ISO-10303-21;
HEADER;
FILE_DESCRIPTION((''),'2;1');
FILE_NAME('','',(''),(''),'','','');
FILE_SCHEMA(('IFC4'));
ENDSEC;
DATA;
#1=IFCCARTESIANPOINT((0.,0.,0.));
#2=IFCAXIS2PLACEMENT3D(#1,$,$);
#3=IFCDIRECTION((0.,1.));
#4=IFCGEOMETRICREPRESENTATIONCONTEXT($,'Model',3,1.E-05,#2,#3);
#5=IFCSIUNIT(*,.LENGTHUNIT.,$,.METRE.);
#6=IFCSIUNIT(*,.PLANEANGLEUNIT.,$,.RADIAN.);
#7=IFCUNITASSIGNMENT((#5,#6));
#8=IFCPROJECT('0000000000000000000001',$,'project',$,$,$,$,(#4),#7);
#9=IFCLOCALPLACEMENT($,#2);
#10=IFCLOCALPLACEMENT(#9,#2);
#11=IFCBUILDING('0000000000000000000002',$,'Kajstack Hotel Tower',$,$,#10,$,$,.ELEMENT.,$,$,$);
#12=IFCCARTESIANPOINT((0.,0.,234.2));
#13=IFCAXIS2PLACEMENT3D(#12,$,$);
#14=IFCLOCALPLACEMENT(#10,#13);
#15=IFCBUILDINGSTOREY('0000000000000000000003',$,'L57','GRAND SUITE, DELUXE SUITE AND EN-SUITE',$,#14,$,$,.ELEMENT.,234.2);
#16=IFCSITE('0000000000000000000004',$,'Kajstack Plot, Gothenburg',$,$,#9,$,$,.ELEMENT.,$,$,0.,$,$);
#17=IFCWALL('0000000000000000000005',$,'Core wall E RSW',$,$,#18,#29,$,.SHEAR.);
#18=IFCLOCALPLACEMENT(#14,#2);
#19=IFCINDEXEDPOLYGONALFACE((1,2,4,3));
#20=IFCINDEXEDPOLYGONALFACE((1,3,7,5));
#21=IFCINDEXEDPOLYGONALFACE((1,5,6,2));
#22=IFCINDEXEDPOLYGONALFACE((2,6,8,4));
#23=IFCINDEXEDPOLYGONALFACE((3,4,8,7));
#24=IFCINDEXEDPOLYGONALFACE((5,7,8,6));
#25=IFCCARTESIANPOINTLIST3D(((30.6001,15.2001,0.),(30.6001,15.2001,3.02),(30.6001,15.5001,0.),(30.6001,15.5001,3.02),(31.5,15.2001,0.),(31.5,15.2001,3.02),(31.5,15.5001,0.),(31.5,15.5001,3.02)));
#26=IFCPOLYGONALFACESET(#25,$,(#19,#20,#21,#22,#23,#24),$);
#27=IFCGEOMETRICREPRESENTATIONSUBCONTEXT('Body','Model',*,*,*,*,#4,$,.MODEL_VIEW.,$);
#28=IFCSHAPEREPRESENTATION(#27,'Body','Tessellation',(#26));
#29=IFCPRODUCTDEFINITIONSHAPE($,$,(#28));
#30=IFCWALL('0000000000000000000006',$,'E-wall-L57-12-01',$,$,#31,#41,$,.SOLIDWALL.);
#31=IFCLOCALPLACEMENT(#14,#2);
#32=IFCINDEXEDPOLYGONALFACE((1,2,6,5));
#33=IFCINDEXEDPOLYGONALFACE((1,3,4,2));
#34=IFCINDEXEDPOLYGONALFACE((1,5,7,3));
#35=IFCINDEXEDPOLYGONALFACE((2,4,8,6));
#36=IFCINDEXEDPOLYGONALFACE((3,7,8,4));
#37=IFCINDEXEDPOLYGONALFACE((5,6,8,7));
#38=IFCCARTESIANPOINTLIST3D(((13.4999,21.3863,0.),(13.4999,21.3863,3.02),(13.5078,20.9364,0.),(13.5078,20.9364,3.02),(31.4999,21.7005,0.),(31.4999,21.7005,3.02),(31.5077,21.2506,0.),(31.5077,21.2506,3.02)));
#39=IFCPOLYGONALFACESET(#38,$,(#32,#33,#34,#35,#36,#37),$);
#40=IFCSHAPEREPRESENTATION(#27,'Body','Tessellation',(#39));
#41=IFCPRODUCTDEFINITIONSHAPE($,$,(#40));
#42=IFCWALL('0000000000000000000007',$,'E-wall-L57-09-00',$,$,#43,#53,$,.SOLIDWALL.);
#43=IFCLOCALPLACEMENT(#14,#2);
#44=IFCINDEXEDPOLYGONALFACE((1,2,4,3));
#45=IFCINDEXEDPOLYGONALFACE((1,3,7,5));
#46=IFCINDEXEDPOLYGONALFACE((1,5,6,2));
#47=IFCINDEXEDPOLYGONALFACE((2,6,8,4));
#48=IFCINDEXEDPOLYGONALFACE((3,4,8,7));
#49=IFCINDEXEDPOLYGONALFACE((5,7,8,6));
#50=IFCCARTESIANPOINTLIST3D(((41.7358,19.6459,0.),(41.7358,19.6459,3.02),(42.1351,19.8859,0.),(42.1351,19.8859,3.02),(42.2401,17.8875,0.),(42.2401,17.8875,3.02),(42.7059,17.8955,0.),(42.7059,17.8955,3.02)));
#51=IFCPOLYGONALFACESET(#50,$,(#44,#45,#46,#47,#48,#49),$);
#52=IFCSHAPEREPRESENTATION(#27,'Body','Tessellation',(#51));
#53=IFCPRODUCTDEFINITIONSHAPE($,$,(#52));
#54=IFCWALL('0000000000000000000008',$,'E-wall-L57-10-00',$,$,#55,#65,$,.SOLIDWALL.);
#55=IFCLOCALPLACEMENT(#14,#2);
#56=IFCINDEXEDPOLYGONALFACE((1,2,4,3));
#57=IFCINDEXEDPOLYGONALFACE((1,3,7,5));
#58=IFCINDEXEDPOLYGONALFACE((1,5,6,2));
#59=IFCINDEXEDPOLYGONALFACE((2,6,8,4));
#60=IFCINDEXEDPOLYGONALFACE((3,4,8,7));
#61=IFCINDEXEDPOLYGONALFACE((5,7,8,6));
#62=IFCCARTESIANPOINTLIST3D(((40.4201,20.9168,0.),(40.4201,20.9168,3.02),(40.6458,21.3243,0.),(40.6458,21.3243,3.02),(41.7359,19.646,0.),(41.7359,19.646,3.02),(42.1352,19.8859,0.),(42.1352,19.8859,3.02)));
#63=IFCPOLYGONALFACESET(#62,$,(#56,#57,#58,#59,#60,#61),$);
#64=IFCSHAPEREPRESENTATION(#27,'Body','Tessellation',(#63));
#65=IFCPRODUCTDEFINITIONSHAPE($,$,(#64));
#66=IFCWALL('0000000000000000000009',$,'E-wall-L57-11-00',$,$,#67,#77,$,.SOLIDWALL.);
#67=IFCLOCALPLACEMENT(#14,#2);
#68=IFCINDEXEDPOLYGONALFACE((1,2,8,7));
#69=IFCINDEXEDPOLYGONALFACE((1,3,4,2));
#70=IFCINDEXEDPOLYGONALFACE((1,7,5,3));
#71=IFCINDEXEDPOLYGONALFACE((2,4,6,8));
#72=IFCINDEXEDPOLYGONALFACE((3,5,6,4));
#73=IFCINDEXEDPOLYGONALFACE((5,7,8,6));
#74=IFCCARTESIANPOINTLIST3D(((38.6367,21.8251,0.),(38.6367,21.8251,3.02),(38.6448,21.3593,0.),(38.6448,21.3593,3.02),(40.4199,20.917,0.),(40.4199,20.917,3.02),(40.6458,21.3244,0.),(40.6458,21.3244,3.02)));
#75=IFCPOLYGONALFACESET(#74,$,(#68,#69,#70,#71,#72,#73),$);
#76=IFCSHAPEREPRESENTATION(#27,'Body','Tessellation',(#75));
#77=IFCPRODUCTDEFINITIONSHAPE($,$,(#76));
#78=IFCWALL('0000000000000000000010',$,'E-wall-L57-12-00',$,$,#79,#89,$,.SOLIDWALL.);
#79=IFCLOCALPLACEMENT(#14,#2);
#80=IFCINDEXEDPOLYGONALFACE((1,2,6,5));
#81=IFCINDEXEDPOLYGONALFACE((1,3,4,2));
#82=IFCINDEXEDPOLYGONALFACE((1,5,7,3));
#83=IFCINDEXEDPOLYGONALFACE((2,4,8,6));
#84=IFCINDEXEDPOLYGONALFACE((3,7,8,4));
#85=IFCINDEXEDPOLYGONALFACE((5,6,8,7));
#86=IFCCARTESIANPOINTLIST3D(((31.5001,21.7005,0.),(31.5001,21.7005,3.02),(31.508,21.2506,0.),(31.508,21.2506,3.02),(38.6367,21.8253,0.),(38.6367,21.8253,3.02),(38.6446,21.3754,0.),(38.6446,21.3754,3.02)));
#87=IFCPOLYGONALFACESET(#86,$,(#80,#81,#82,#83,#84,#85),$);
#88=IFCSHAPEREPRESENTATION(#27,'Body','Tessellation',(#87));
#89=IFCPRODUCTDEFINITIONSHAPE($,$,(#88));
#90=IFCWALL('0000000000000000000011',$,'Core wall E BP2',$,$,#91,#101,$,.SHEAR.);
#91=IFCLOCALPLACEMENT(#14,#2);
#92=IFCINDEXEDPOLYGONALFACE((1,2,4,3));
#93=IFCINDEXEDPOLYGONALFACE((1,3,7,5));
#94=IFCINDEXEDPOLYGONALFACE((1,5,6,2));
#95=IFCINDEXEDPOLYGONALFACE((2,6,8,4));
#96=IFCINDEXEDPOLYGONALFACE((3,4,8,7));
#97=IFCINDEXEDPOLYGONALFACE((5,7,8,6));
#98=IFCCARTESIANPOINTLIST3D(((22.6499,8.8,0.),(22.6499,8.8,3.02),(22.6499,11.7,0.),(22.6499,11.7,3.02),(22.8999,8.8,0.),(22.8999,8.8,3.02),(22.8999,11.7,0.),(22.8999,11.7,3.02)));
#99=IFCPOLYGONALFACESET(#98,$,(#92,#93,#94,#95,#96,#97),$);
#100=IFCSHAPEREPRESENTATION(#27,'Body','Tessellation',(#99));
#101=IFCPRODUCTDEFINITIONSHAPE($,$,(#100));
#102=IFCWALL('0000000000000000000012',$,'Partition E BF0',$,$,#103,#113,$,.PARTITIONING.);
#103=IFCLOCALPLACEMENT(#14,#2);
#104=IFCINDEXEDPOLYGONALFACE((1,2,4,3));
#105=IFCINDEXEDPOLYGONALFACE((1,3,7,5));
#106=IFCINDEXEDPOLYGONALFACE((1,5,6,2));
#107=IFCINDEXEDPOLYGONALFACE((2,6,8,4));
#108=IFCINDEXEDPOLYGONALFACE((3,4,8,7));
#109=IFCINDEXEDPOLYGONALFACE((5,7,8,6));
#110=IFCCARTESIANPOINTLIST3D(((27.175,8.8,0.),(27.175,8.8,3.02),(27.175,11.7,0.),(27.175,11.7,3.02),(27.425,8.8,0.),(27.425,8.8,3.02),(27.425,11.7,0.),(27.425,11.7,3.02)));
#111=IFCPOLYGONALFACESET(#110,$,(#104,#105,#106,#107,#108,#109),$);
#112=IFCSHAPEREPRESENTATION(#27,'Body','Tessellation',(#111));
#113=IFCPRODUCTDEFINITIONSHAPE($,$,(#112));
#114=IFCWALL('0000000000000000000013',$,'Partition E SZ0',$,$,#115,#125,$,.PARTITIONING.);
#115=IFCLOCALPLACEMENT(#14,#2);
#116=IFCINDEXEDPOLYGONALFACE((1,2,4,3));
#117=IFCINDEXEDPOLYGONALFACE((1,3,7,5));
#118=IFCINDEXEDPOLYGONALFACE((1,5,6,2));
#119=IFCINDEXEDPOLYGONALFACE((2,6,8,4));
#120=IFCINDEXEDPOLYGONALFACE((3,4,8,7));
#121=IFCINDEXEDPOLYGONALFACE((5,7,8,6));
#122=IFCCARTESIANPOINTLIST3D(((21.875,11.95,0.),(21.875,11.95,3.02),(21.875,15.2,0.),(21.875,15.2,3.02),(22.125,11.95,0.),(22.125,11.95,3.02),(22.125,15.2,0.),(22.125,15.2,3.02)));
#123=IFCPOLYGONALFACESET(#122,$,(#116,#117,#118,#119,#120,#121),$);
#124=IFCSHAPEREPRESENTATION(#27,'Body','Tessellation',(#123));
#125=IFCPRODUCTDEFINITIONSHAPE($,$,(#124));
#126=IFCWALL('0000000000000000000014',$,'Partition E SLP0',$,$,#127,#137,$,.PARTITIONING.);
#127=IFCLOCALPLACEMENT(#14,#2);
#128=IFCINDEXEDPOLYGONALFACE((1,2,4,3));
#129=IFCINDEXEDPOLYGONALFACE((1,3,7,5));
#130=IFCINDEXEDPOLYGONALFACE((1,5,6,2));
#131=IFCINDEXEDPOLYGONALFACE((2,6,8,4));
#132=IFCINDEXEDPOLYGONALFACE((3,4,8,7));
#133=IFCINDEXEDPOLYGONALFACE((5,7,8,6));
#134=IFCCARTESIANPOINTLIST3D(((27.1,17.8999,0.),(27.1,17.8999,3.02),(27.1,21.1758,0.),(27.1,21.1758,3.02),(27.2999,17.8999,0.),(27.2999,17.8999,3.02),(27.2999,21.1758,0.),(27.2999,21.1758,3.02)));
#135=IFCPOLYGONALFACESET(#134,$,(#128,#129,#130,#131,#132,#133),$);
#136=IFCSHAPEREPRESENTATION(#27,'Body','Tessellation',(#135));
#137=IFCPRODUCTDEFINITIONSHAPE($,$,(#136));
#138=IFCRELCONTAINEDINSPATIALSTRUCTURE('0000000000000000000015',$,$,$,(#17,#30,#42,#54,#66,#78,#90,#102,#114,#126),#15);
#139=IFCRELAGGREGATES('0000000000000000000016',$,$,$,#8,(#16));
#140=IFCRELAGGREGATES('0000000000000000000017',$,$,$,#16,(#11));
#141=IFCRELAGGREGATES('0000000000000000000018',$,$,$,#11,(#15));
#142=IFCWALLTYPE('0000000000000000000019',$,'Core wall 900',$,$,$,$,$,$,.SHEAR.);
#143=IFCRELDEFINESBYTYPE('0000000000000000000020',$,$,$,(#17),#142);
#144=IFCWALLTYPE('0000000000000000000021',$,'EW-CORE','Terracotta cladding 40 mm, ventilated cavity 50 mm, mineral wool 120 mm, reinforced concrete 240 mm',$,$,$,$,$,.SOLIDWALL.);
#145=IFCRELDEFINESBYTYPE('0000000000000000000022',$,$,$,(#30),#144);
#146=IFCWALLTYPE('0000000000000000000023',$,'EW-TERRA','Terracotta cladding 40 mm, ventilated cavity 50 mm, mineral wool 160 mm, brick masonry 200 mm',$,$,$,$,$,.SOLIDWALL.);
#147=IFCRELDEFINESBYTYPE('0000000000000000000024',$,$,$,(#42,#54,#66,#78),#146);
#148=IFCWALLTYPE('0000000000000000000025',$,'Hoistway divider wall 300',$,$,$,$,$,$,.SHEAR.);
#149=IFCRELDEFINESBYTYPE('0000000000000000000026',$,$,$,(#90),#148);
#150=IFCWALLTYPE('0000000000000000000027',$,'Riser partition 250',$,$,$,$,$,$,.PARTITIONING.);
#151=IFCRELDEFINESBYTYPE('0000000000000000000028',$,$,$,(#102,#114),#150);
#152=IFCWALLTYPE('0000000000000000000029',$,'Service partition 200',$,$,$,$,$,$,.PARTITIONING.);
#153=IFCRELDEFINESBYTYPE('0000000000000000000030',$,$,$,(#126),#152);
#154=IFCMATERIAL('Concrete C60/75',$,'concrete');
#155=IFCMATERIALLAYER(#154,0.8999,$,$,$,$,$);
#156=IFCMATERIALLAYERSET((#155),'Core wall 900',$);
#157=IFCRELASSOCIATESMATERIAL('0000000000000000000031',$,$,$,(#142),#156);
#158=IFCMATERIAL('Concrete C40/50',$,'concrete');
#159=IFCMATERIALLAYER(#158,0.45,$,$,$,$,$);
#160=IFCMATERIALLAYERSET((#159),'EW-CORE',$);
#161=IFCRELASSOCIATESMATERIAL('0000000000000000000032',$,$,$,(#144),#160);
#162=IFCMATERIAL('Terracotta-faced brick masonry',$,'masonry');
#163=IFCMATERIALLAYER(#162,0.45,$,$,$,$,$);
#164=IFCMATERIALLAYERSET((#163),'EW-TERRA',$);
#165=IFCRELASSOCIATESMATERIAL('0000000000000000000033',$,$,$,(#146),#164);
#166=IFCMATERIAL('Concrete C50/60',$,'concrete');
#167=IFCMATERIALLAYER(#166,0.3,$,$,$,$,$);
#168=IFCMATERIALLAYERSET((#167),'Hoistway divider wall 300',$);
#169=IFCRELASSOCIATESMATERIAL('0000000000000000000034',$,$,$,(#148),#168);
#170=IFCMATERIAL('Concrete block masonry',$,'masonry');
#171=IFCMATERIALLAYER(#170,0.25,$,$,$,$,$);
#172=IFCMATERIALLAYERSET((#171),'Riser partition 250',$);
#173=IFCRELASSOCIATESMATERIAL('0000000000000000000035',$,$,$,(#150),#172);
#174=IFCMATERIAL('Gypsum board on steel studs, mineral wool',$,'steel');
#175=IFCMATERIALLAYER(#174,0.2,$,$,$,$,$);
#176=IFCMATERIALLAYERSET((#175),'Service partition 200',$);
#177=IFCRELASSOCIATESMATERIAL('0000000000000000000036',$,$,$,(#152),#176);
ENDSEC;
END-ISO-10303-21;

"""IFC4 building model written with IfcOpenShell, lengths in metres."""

from ifc_helpers import new_model, si_unit, direction, frame, frame_2d, origin, place, context, subcontext, project, spatial, polyline, rectangle, outline, extrude, material, layer, layer_set, type_object, element, save


model = new_model("IFC4")

# Units and contexts
model_context = context("Model", 3, precision=1e-05, world=origin(), true_north=direction((0.0, 1.0)))
body_context = subcontext(model_context, "Body", "Model", "MODEL_VIEW")
ifc_project = project(units=[si_unit("LENGTHUNIT", "METRE"), si_unit("PLANEANGLEUNIT", "RADIAN")], contexts=[model_context])

# Site, building, storey
site_placement = place(None, origin())
site = spatial("IfcSite", under=ifc_project, at=site_placement, Name="Kajstack Plot, Gothenburg", CompositionType="ELEMENT", RefElevation=0.0)
building_placement = place(site_placement, origin())
building = spatial("IfcBuilding", under=site, at=building_placement, Name="Kajstack Hotel Tower", CompositionType="ELEMENT")
storey_placement = place(building_placement, frame((0.0, 0.0, 234.2)))
storey = spatial("IfcBuildingStorey", under=building, at=storey_placement, Name="L57", Description="GRAND SUITE, DELUXE SUITE AND EN-SUITE", CompositionType="ELEMENT", Elevation=234.2)

# Walls
ifc_material_1 = material(Name="Concrete C60/75", Category="concrete")
ifc_layer_1 = layer(ifc_material_1, 0.8999)
ifc_layer_set_1 = layer_set([ifc_layer_1], Name="Core wall 900")
wall_type_1 = type_object("IfcWallType", Name="Core wall 900", PredefinedType="SHEAR", material=ifc_layer_set_1)
wall_1_placement = place(storey_placement, frame((30.6001, 15.3501, 0.0), z_axis=(0.0, 0.0, 1.0), x_axis=(1.0, 0.0, 0.0)))
element("IfcWall", 1, at=wall_1_placement, inside=storey, type_object=wall_type_1, Name="Core wall E RSW", PredefinedType="SHEAR", context=body_context, shape_type="SweptSolid", body=[
    extrude(rectangle(XDim=0.8999, YDim=0.3, at=frame_2d((0.45, 0.0))), origin(), (0.0, 0.0, 1.0), 3.02),
])
ifc_material_2 = material(Name="Concrete C40/50", Category="concrete")
ifc_layer_2 = layer(ifc_material_2, 0.45)
ifc_layer_set_2 = layer_set([ifc_layer_2], Name="EW-CORE")
wall_type_2 = type_object("IfcWallType", Name="EW-CORE", Description="Terracotta cladding 40 mm, ventilated cavity 50 mm, mineral wool 120 mm, reinforced concrete 240 mm", PredefinedType="SOLIDWALL", material=ifc_layer_set_2)
wall_2_placement = place(storey_placement, frame((31.5039, 21.4756, 0.0), z_axis=(0.0, 0.0, 1.0), x_axis=(-0.999848, -0.017453, 0.0)))
element("IfcWall", 2, at=wall_2_placement, inside=storey, type_object=wall_type_2, Name="E-wall-L57-12-01", PredefinedType="SOLIDWALL", context=body_context, shape_type="SweptSolid", body=[
    extrude(rectangle(XDim=18.0027, YDim=0.45, at=frame_2d((9.0015, 0.0))), origin(), (0.0, 0.0, 1.0), 3.02),
])
ifc_material_3 = material(Name="Terracotta-faced brick masonry", Category="masonry")
ifc_layer_3 = layer(ifc_material_3, 0.45)
ifc_layer_set_3 = layer_set([ifc_layer_3], Name="EW-TERRA")
wall_type_3 = type_object("IfcWallType", Name="EW-TERRA", Description="Terracotta cladding 40 mm, ventilated cavity 50 mm, mineral wool 160 mm, brick masonry 200 mm", PredefinedType="SOLIDWALL", material=ifc_layer_set_3)
wall_3_placement = place(storey_placement, frame((42.4895, 17.8335, 0.0), z_axis=(0.0, 0.0, 1.0), x_axis=(-0.275546, 0.961288, 0.0)))
element("IfcWall", 3, at=wall_3_placement, inside=storey, type_object=wall_type_3, Name="E-wall-L57-09-00", PredefinedType="SOLIDWALL", context=body_context, shape_type="SweptSolid", body=[
    extrude(outline(polyline([(0.0, -0.2251), (2.0706, -0.2249), (1.95, 0.2251), (0.1206, 0.2249), (0.0, -0.2251)])), origin(), (0.0, 0.0, 1.0), 3.02),
])
wall_4_placement = place(storey_placement, frame((41.979, 19.7241, 0.0), z_axis=(0.0, 0.0, 1.0), x_axis=(-0.719379, 0.694618, 0.0)))
element("IfcWall", 4, at=wall_4_placement, inside=storey, type_object=wall_type_3, Name="E-wall-L57-10-00", PredefinedType="SOLIDWALL", context=body_context, shape_type="SweptSolid", body=[
    extrude(outline(polyline([(0.0, -0.2249), (2.0706, -0.2251), (1.95, 0.2249), (0.1206, 0.2251), (0.0, -0.2249)])), origin(), (0.0, 0.0, 1.0), 3.02),
])
wall_5_placement = place(storey_placement, frame((40.5913, 21.106, 0.0), z_axis=(0.0, 0.0, 1.0), x_axis=(-0.970288, 0.241953, 0.0)))
element("IfcWall", 5, at=wall_5_placement, inside=storey, type_object=wall_type_3, Name="E-wall-L57-11-00", PredefinedType="SOLIDWALL", context=body_context, shape_type="SweptSolid", body=[
    extrude(outline(polyline([(0.0, -0.2251), (2.0706, -0.2249), (1.95, 0.2251), (0.1206, 0.2249), (0.0, -0.2251)])), origin(), (0.0, 0.0, 1.0), 3.02),
])
wall_6_placement = place(storey_placement, frame((38.6406, 21.6003, 0.0), z_axis=(0.0, 0.0, 1.0), x_axis=(-0.999847, -0.017478, 0.0)))
element("IfcWall", 6, at=wall_6_placement, inside=storey, type_object=wall_type_3, Name="E-wall-L57-12-00", PredefinedType="SOLIDWALL", context=body_context, shape_type="SweptSolid", body=[
    extrude(rectangle(XDim=7.1377, YDim=0.45, at=frame_2d((3.5688, 0.0))), origin(), (0.0, 0.0, 1.0), 3.02),
])
ifc_material_4 = material(Name="Concrete C50/60", Category="concrete")
ifc_layer_4 = layer(ifc_material_4, 0.3)
ifc_layer_set_4 = layer_set([ifc_layer_4], Name="Hoistway divider wall 300")
wall_type_4 = type_object("IfcWallType", Name="Hoistway divider wall 300", PredefinedType="SHEAR", material=ifc_layer_set_4)
wall_7_placement = place(storey_placement, frame((22.7749, 8.8, 0.0), z_axis=(0.0, 0.0, 1.0), x_axis=(0.0, 1.0, 0.0)))
element("IfcWall", 7, at=wall_7_placement, inside=storey, type_object=wall_type_4, Name="Core wall E BP2", PredefinedType="SHEAR", context=body_context, shape_type="SweptSolid", body=[
    extrude(rectangle(XDim=2.8999, YDim=0.25, at=frame_2d((1.45, 0.0))), origin(), (0.0, 0.0, 1.0), 3.02),
])
ifc_material_5 = material(Name="Concrete block masonry", Category="masonry")
ifc_layer_5 = layer(ifc_material_5, 0.25)
ifc_layer_set_5 = layer_set([ifc_layer_5], Name="Riser partition 250")
wall_type_5 = type_object("IfcWallType", Name="Riser partition 250", PredefinedType="PARTITIONING", material=ifc_layer_set_5)
wall_8_placement = place(storey_placement, frame((27.3, 8.8, 0.0), z_axis=(0.0, 0.0, 1.0), x_axis=(0.0, 1.0, 0.0)))
element("IfcWall", 8, at=wall_8_placement, inside=storey, type_object=wall_type_5, Name="Partition E BF0", PredefinedType="PARTITIONING", context=body_context, shape_type="SweptSolid", body=[
    extrude(rectangle(XDim=2.8999, YDim=0.25, at=frame_2d((1.45, 0.0))), origin(), (0.0, 0.0, 1.0), 3.02),
])
wall_9_placement = place(storey_placement, frame((22.0, 11.95, 0.0), z_axis=(0.0, 0.0, 1.0), x_axis=(0.0, 1.0, 0.0)))
element("IfcWall", 9, at=wall_9_placement, inside=storey, type_object=wall_type_5, Name="Partition E SZ0", PredefinedType="PARTITIONING", context=body_context, shape_type="SweptSolid", body=[
    extrude(rectangle(XDim=3.25, YDim=0.25, at=frame_2d((1.625, 0.0))), origin(), (0.0, 0.0, 1.0), 3.02),
])
ifc_material_6 = material(Name="Gypsum board on steel studs, mineral wool", Category="steel")
ifc_layer_6 = layer(ifc_material_6, 0.2)
ifc_layer_set_6 = layer_set([ifc_layer_6], Name="Service partition 200")
wall_type_6 = type_object("IfcWallType", Name="Service partition 200", PredefinedType="PARTITIONING", material=ifc_layer_set_6)
wall_10_placement = place(storey_placement, frame((27.2, 17.8999, 0.0), z_axis=(0.0, 0.0, 1.0), x_axis=(0.0, 1.0, 0.0)))
element("IfcWall", 10, at=wall_10_placement, inside=storey, type_object=wall_type_6, Name="Partition E SLP0", PredefinedType="PARTITIONING", context=body_context, shape_type="SweptSolid", body=[
    extrude(rectangle(XDim=3.2759, YDim=0.2, at=frame_2d((1.6379, 0.0))), origin(), (0.0, 0.0, 1.0), 3.02),
])

save(model, "model.ifc")
